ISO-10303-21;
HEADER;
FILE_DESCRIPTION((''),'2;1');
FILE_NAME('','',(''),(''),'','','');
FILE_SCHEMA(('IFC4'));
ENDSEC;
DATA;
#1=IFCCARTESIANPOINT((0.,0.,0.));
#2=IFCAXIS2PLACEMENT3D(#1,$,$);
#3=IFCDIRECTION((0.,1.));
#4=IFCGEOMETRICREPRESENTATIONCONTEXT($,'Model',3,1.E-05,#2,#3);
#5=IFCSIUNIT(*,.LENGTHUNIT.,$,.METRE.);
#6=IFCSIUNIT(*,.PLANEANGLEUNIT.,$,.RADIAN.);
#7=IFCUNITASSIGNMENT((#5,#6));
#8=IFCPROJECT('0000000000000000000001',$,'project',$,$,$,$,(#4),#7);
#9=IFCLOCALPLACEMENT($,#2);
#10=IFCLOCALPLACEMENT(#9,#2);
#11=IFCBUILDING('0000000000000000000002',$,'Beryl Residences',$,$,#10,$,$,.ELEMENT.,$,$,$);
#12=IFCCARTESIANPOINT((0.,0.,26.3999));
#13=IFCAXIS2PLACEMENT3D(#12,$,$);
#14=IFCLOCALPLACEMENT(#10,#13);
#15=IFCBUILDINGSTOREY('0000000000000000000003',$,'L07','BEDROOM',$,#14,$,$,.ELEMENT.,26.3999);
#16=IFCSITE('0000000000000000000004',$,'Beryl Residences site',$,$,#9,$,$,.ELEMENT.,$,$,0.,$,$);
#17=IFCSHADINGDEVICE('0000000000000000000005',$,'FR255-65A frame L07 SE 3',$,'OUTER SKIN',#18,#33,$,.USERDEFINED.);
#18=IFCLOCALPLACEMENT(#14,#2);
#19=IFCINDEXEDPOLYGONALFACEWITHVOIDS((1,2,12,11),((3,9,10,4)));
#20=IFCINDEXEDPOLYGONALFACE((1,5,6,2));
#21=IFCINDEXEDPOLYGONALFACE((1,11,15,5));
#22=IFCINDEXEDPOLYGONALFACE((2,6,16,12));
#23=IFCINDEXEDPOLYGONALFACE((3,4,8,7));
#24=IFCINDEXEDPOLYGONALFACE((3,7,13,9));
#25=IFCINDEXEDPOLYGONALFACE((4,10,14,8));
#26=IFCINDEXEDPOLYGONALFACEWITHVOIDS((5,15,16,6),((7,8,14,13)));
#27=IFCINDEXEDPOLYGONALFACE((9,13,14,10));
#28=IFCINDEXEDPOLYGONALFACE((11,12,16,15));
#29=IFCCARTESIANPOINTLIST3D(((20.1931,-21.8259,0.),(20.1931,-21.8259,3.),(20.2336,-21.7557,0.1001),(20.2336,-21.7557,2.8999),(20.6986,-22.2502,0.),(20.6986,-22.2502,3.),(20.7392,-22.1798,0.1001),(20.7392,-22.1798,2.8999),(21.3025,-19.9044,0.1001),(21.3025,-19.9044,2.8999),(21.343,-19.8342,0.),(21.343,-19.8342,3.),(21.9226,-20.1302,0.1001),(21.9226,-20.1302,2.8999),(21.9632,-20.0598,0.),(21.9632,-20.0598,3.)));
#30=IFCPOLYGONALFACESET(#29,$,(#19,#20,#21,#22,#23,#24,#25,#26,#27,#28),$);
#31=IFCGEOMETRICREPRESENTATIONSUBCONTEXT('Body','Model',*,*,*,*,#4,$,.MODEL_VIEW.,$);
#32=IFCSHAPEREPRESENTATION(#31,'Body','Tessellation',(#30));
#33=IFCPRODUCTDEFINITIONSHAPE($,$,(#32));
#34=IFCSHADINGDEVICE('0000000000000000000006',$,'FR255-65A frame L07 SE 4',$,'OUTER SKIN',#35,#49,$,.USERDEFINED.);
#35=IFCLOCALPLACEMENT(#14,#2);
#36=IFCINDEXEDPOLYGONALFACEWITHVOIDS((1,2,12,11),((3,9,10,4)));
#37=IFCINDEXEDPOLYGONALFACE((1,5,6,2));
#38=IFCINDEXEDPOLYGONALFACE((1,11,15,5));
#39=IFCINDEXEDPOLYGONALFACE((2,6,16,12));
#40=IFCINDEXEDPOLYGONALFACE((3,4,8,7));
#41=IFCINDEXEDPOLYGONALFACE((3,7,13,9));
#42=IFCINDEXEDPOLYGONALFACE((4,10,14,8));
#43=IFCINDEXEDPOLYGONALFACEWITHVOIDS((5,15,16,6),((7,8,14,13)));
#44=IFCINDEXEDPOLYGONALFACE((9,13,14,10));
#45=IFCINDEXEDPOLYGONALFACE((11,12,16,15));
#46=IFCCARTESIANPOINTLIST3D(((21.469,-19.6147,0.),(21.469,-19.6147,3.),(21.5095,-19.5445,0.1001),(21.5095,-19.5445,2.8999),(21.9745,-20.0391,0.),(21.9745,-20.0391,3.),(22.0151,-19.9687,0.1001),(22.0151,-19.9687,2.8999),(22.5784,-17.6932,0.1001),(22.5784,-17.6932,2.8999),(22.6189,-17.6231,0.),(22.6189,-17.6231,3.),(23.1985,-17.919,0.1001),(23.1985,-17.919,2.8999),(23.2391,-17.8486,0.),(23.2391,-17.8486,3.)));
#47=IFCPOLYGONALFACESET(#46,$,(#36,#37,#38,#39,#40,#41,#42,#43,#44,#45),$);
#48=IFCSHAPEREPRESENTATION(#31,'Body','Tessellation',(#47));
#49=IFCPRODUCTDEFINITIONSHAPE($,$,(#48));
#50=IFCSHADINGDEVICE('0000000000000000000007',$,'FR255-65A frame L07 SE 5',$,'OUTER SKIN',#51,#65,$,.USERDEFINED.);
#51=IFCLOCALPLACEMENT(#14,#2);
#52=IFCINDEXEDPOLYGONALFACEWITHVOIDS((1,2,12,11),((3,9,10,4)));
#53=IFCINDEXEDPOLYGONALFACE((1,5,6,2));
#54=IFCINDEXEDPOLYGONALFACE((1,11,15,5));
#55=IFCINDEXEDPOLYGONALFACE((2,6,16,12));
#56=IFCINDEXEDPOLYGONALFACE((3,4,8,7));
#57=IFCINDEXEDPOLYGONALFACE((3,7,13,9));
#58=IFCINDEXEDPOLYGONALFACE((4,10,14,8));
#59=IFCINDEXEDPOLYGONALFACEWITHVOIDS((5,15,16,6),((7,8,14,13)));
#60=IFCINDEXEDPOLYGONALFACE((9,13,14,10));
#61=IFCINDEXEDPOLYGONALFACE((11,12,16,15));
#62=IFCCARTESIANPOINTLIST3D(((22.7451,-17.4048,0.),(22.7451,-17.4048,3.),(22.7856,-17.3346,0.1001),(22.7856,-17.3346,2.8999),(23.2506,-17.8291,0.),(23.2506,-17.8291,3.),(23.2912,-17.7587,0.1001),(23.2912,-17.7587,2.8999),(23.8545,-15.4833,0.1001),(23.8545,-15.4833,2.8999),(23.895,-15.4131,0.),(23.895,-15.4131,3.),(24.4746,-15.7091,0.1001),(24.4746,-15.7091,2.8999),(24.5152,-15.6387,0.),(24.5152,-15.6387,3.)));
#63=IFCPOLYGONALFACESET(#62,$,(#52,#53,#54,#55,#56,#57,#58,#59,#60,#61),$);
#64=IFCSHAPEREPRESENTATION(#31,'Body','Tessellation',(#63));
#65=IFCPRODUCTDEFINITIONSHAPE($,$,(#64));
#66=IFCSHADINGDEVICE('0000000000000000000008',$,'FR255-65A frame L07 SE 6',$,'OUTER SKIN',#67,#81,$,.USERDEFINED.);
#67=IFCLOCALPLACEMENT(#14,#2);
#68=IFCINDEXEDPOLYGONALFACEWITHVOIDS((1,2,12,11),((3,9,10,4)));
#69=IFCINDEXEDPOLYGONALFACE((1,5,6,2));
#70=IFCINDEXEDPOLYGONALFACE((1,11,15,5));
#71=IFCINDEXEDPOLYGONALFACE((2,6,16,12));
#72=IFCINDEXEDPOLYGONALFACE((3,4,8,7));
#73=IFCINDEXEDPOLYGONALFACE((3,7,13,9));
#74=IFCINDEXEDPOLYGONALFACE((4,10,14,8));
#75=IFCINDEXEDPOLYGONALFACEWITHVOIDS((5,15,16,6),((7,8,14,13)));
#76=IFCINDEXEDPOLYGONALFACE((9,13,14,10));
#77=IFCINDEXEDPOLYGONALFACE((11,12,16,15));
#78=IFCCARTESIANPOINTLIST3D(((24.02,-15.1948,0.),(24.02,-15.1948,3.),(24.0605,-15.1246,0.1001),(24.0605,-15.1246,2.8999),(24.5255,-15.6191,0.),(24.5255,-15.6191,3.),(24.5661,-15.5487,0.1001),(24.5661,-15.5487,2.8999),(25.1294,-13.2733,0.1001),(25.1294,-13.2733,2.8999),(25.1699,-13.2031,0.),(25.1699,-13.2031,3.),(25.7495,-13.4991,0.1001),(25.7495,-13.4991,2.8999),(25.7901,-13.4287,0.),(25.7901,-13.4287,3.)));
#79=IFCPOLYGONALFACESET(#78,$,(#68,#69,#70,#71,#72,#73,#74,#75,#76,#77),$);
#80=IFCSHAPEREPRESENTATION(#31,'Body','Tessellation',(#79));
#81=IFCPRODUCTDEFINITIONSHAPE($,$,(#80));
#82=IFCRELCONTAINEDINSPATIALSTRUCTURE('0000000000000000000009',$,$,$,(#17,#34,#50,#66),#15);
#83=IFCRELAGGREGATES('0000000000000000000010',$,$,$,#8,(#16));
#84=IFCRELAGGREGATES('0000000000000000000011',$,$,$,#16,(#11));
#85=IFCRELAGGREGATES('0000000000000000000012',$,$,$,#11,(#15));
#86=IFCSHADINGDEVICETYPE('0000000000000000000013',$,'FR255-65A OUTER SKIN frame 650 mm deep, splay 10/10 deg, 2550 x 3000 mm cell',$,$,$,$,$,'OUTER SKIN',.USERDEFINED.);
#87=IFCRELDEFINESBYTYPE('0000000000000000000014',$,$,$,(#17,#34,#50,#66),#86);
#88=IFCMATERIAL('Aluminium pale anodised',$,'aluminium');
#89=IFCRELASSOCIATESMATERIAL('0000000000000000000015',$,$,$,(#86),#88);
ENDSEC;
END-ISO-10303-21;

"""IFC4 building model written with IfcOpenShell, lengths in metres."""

from ifc_helpers import new_model, entity, si_unit, direction, frame, origin, place, context, subcontext, project, spatial, source, transform, mapped, material, type_object, type_shapes, element, save


model = new_model("IFC4")

# Units and contexts
model_context = context("Model", 3, precision=1e-05, world=origin(), true_north=direction((0.0, 1.0)))
body_context = subcontext(model_context, "Body", "Model", "MODEL_VIEW")
ifc_project = project(units=[si_unit("LENGTHUNIT", "METRE"), si_unit("PLANEANGLEUNIT", "RADIAN")], contexts=[model_context])

# Site, building, storey
site_placement = place(None, origin())
site = spatial("IfcSite", under=ifc_project, at=site_placement, Name="Beryl Residences site", CompositionType="ELEMENT", RefElevation=0.0)
building_placement = place(site_placement, origin())
building = spatial("IfcBuilding", under=site, at=building_placement, Name="Beryl Residences", CompositionType="ELEMENT")
storey_placement = place(building_placement, frame((0.0, 0.0, 26.3999)))
storey = spatial("IfcBuildingStorey", under=building, at=storey_placement, Name="L07", Description="BEDROOM", CompositionType="ELEMENT", Elevation=26.3999)

# Shading devices
ifc_material_1 = material(Name="Aluminium pale anodised", Category="aluminium")
shading_device_type = type_object("IfcShadingDeviceType", Name="FR255-65A OUTER SKIN frame 650 mm deep, splay 10/10 deg, 2550 x 3000 mm cell", ElementType="OUTER SKIN", PredefinedType="USERDEFINED", material=ifc_material_1)
cartesian_point_1 = entity("IfcCartesianPoint", [-1.1499, 0.0])
cartesian_point_2 = entity("IfcCartesianPoint", [-1.0688, 0.1001])
cartesian_point_3 = entity("IfcCartesianPoint", [-1.2646, 0.0])
cartesian_point_4 = entity("IfcCartesianPoint", [-1.1833, 0.1001])
shared_shape = source(origin(), body_context, "Body", "SweptSolid", [
    entity("IfcExtrudedAreaSolidTapered", entity("IfcArbitraryProfileDefWithVoids", "AREA", None, entity("IfcPolyline", [cartesian_point_1, entity("IfcCartesianPoint", [1.1499, 0.0]), entity("IfcCartesianPoint", [1.1499, 3.0]), entity("IfcCartesianPoint", [-1.1499, 3.0]), cartesian_point_1]), [entity("IfcPolyline", [cartesian_point_2, entity("IfcCartesianPoint", [1.0688, 0.1001]), entity("IfcCartesianPoint", [1.0688, 2.8999]), entity("IfcCartesianPoint", [-1.0688, 2.8999]), cartesian_point_2])]), entity("IfcAxis2Placement3D", entity("IfcCartesianPoint", [0.0, 0.0, 0.0]), entity("IfcDirection", [0.0, 1.0, 0.0]), entity("IfcDirection", [-1.0, 0.0, 0.0])), entity("IfcDirection", [0.0, 0.0, 1.0]), 0.6499, entity("IfcArbitraryProfileDefWithVoids", "AREA", None, entity("IfcPolyline", [cartesian_point_3, entity("IfcCartesianPoint", [1.2646, 0.0]), entity("IfcCartesianPoint", [1.2646, 3.0]), entity("IfcCartesianPoint", [-1.2646, 3.0]), cartesian_point_3]), [entity("IfcPolyline", [cartesian_point_4, entity("IfcCartesianPoint", [1.1833, 0.1001]), entity("IfcCartesianPoint", [1.1833, 2.8999]), entity("IfcCartesianPoint", [-1.1833, 2.8999]), cartesian_point_4])])),
])
type_shapes(shading_device_type, [shared_shape])
for number, where, z_axis, x_axis, name in (
    (1, (20.7681, -20.8301, 0.0), (0.0, 0.0, 1.0), (-0.5, -0.866025, 0.0), "FR255-65A frame L07 SE 3"),
    (2, (22.0439, -18.6189, 0.0), (0.0, 0.0, 1.0), (-0.5, -0.866025, 0.0), "FR255-65A frame L07 SE 4"),
    (3, (23.3201, -16.4089, 0.0), (0.0, 0.0, 1.0), (-0.5, -0.866025, 0.0), "FR255-65A frame L07 SE 5"),
    (4, (24.595, -14.199, 0.0), (0.0, 0.0, 1.0), (-0.5, -0.866025, 0.0), "FR255-65A frame L07 SE 6"),
):
    element("IfcShadingDevice", number, at=place(storey_placement, frame(where, z_axis=z_axis, x_axis=x_axis)), inside=storey, type_object=shading_device_type, Name=name, ObjectType="OUTER SKIN", PredefinedType="USERDEFINED", context=body_context, shape_type="MappedRepresentation", body=[
        mapped(shared_shape, transform((0.0, 0.0, 0.0))),
    ])

save(model, "model.ifc")
